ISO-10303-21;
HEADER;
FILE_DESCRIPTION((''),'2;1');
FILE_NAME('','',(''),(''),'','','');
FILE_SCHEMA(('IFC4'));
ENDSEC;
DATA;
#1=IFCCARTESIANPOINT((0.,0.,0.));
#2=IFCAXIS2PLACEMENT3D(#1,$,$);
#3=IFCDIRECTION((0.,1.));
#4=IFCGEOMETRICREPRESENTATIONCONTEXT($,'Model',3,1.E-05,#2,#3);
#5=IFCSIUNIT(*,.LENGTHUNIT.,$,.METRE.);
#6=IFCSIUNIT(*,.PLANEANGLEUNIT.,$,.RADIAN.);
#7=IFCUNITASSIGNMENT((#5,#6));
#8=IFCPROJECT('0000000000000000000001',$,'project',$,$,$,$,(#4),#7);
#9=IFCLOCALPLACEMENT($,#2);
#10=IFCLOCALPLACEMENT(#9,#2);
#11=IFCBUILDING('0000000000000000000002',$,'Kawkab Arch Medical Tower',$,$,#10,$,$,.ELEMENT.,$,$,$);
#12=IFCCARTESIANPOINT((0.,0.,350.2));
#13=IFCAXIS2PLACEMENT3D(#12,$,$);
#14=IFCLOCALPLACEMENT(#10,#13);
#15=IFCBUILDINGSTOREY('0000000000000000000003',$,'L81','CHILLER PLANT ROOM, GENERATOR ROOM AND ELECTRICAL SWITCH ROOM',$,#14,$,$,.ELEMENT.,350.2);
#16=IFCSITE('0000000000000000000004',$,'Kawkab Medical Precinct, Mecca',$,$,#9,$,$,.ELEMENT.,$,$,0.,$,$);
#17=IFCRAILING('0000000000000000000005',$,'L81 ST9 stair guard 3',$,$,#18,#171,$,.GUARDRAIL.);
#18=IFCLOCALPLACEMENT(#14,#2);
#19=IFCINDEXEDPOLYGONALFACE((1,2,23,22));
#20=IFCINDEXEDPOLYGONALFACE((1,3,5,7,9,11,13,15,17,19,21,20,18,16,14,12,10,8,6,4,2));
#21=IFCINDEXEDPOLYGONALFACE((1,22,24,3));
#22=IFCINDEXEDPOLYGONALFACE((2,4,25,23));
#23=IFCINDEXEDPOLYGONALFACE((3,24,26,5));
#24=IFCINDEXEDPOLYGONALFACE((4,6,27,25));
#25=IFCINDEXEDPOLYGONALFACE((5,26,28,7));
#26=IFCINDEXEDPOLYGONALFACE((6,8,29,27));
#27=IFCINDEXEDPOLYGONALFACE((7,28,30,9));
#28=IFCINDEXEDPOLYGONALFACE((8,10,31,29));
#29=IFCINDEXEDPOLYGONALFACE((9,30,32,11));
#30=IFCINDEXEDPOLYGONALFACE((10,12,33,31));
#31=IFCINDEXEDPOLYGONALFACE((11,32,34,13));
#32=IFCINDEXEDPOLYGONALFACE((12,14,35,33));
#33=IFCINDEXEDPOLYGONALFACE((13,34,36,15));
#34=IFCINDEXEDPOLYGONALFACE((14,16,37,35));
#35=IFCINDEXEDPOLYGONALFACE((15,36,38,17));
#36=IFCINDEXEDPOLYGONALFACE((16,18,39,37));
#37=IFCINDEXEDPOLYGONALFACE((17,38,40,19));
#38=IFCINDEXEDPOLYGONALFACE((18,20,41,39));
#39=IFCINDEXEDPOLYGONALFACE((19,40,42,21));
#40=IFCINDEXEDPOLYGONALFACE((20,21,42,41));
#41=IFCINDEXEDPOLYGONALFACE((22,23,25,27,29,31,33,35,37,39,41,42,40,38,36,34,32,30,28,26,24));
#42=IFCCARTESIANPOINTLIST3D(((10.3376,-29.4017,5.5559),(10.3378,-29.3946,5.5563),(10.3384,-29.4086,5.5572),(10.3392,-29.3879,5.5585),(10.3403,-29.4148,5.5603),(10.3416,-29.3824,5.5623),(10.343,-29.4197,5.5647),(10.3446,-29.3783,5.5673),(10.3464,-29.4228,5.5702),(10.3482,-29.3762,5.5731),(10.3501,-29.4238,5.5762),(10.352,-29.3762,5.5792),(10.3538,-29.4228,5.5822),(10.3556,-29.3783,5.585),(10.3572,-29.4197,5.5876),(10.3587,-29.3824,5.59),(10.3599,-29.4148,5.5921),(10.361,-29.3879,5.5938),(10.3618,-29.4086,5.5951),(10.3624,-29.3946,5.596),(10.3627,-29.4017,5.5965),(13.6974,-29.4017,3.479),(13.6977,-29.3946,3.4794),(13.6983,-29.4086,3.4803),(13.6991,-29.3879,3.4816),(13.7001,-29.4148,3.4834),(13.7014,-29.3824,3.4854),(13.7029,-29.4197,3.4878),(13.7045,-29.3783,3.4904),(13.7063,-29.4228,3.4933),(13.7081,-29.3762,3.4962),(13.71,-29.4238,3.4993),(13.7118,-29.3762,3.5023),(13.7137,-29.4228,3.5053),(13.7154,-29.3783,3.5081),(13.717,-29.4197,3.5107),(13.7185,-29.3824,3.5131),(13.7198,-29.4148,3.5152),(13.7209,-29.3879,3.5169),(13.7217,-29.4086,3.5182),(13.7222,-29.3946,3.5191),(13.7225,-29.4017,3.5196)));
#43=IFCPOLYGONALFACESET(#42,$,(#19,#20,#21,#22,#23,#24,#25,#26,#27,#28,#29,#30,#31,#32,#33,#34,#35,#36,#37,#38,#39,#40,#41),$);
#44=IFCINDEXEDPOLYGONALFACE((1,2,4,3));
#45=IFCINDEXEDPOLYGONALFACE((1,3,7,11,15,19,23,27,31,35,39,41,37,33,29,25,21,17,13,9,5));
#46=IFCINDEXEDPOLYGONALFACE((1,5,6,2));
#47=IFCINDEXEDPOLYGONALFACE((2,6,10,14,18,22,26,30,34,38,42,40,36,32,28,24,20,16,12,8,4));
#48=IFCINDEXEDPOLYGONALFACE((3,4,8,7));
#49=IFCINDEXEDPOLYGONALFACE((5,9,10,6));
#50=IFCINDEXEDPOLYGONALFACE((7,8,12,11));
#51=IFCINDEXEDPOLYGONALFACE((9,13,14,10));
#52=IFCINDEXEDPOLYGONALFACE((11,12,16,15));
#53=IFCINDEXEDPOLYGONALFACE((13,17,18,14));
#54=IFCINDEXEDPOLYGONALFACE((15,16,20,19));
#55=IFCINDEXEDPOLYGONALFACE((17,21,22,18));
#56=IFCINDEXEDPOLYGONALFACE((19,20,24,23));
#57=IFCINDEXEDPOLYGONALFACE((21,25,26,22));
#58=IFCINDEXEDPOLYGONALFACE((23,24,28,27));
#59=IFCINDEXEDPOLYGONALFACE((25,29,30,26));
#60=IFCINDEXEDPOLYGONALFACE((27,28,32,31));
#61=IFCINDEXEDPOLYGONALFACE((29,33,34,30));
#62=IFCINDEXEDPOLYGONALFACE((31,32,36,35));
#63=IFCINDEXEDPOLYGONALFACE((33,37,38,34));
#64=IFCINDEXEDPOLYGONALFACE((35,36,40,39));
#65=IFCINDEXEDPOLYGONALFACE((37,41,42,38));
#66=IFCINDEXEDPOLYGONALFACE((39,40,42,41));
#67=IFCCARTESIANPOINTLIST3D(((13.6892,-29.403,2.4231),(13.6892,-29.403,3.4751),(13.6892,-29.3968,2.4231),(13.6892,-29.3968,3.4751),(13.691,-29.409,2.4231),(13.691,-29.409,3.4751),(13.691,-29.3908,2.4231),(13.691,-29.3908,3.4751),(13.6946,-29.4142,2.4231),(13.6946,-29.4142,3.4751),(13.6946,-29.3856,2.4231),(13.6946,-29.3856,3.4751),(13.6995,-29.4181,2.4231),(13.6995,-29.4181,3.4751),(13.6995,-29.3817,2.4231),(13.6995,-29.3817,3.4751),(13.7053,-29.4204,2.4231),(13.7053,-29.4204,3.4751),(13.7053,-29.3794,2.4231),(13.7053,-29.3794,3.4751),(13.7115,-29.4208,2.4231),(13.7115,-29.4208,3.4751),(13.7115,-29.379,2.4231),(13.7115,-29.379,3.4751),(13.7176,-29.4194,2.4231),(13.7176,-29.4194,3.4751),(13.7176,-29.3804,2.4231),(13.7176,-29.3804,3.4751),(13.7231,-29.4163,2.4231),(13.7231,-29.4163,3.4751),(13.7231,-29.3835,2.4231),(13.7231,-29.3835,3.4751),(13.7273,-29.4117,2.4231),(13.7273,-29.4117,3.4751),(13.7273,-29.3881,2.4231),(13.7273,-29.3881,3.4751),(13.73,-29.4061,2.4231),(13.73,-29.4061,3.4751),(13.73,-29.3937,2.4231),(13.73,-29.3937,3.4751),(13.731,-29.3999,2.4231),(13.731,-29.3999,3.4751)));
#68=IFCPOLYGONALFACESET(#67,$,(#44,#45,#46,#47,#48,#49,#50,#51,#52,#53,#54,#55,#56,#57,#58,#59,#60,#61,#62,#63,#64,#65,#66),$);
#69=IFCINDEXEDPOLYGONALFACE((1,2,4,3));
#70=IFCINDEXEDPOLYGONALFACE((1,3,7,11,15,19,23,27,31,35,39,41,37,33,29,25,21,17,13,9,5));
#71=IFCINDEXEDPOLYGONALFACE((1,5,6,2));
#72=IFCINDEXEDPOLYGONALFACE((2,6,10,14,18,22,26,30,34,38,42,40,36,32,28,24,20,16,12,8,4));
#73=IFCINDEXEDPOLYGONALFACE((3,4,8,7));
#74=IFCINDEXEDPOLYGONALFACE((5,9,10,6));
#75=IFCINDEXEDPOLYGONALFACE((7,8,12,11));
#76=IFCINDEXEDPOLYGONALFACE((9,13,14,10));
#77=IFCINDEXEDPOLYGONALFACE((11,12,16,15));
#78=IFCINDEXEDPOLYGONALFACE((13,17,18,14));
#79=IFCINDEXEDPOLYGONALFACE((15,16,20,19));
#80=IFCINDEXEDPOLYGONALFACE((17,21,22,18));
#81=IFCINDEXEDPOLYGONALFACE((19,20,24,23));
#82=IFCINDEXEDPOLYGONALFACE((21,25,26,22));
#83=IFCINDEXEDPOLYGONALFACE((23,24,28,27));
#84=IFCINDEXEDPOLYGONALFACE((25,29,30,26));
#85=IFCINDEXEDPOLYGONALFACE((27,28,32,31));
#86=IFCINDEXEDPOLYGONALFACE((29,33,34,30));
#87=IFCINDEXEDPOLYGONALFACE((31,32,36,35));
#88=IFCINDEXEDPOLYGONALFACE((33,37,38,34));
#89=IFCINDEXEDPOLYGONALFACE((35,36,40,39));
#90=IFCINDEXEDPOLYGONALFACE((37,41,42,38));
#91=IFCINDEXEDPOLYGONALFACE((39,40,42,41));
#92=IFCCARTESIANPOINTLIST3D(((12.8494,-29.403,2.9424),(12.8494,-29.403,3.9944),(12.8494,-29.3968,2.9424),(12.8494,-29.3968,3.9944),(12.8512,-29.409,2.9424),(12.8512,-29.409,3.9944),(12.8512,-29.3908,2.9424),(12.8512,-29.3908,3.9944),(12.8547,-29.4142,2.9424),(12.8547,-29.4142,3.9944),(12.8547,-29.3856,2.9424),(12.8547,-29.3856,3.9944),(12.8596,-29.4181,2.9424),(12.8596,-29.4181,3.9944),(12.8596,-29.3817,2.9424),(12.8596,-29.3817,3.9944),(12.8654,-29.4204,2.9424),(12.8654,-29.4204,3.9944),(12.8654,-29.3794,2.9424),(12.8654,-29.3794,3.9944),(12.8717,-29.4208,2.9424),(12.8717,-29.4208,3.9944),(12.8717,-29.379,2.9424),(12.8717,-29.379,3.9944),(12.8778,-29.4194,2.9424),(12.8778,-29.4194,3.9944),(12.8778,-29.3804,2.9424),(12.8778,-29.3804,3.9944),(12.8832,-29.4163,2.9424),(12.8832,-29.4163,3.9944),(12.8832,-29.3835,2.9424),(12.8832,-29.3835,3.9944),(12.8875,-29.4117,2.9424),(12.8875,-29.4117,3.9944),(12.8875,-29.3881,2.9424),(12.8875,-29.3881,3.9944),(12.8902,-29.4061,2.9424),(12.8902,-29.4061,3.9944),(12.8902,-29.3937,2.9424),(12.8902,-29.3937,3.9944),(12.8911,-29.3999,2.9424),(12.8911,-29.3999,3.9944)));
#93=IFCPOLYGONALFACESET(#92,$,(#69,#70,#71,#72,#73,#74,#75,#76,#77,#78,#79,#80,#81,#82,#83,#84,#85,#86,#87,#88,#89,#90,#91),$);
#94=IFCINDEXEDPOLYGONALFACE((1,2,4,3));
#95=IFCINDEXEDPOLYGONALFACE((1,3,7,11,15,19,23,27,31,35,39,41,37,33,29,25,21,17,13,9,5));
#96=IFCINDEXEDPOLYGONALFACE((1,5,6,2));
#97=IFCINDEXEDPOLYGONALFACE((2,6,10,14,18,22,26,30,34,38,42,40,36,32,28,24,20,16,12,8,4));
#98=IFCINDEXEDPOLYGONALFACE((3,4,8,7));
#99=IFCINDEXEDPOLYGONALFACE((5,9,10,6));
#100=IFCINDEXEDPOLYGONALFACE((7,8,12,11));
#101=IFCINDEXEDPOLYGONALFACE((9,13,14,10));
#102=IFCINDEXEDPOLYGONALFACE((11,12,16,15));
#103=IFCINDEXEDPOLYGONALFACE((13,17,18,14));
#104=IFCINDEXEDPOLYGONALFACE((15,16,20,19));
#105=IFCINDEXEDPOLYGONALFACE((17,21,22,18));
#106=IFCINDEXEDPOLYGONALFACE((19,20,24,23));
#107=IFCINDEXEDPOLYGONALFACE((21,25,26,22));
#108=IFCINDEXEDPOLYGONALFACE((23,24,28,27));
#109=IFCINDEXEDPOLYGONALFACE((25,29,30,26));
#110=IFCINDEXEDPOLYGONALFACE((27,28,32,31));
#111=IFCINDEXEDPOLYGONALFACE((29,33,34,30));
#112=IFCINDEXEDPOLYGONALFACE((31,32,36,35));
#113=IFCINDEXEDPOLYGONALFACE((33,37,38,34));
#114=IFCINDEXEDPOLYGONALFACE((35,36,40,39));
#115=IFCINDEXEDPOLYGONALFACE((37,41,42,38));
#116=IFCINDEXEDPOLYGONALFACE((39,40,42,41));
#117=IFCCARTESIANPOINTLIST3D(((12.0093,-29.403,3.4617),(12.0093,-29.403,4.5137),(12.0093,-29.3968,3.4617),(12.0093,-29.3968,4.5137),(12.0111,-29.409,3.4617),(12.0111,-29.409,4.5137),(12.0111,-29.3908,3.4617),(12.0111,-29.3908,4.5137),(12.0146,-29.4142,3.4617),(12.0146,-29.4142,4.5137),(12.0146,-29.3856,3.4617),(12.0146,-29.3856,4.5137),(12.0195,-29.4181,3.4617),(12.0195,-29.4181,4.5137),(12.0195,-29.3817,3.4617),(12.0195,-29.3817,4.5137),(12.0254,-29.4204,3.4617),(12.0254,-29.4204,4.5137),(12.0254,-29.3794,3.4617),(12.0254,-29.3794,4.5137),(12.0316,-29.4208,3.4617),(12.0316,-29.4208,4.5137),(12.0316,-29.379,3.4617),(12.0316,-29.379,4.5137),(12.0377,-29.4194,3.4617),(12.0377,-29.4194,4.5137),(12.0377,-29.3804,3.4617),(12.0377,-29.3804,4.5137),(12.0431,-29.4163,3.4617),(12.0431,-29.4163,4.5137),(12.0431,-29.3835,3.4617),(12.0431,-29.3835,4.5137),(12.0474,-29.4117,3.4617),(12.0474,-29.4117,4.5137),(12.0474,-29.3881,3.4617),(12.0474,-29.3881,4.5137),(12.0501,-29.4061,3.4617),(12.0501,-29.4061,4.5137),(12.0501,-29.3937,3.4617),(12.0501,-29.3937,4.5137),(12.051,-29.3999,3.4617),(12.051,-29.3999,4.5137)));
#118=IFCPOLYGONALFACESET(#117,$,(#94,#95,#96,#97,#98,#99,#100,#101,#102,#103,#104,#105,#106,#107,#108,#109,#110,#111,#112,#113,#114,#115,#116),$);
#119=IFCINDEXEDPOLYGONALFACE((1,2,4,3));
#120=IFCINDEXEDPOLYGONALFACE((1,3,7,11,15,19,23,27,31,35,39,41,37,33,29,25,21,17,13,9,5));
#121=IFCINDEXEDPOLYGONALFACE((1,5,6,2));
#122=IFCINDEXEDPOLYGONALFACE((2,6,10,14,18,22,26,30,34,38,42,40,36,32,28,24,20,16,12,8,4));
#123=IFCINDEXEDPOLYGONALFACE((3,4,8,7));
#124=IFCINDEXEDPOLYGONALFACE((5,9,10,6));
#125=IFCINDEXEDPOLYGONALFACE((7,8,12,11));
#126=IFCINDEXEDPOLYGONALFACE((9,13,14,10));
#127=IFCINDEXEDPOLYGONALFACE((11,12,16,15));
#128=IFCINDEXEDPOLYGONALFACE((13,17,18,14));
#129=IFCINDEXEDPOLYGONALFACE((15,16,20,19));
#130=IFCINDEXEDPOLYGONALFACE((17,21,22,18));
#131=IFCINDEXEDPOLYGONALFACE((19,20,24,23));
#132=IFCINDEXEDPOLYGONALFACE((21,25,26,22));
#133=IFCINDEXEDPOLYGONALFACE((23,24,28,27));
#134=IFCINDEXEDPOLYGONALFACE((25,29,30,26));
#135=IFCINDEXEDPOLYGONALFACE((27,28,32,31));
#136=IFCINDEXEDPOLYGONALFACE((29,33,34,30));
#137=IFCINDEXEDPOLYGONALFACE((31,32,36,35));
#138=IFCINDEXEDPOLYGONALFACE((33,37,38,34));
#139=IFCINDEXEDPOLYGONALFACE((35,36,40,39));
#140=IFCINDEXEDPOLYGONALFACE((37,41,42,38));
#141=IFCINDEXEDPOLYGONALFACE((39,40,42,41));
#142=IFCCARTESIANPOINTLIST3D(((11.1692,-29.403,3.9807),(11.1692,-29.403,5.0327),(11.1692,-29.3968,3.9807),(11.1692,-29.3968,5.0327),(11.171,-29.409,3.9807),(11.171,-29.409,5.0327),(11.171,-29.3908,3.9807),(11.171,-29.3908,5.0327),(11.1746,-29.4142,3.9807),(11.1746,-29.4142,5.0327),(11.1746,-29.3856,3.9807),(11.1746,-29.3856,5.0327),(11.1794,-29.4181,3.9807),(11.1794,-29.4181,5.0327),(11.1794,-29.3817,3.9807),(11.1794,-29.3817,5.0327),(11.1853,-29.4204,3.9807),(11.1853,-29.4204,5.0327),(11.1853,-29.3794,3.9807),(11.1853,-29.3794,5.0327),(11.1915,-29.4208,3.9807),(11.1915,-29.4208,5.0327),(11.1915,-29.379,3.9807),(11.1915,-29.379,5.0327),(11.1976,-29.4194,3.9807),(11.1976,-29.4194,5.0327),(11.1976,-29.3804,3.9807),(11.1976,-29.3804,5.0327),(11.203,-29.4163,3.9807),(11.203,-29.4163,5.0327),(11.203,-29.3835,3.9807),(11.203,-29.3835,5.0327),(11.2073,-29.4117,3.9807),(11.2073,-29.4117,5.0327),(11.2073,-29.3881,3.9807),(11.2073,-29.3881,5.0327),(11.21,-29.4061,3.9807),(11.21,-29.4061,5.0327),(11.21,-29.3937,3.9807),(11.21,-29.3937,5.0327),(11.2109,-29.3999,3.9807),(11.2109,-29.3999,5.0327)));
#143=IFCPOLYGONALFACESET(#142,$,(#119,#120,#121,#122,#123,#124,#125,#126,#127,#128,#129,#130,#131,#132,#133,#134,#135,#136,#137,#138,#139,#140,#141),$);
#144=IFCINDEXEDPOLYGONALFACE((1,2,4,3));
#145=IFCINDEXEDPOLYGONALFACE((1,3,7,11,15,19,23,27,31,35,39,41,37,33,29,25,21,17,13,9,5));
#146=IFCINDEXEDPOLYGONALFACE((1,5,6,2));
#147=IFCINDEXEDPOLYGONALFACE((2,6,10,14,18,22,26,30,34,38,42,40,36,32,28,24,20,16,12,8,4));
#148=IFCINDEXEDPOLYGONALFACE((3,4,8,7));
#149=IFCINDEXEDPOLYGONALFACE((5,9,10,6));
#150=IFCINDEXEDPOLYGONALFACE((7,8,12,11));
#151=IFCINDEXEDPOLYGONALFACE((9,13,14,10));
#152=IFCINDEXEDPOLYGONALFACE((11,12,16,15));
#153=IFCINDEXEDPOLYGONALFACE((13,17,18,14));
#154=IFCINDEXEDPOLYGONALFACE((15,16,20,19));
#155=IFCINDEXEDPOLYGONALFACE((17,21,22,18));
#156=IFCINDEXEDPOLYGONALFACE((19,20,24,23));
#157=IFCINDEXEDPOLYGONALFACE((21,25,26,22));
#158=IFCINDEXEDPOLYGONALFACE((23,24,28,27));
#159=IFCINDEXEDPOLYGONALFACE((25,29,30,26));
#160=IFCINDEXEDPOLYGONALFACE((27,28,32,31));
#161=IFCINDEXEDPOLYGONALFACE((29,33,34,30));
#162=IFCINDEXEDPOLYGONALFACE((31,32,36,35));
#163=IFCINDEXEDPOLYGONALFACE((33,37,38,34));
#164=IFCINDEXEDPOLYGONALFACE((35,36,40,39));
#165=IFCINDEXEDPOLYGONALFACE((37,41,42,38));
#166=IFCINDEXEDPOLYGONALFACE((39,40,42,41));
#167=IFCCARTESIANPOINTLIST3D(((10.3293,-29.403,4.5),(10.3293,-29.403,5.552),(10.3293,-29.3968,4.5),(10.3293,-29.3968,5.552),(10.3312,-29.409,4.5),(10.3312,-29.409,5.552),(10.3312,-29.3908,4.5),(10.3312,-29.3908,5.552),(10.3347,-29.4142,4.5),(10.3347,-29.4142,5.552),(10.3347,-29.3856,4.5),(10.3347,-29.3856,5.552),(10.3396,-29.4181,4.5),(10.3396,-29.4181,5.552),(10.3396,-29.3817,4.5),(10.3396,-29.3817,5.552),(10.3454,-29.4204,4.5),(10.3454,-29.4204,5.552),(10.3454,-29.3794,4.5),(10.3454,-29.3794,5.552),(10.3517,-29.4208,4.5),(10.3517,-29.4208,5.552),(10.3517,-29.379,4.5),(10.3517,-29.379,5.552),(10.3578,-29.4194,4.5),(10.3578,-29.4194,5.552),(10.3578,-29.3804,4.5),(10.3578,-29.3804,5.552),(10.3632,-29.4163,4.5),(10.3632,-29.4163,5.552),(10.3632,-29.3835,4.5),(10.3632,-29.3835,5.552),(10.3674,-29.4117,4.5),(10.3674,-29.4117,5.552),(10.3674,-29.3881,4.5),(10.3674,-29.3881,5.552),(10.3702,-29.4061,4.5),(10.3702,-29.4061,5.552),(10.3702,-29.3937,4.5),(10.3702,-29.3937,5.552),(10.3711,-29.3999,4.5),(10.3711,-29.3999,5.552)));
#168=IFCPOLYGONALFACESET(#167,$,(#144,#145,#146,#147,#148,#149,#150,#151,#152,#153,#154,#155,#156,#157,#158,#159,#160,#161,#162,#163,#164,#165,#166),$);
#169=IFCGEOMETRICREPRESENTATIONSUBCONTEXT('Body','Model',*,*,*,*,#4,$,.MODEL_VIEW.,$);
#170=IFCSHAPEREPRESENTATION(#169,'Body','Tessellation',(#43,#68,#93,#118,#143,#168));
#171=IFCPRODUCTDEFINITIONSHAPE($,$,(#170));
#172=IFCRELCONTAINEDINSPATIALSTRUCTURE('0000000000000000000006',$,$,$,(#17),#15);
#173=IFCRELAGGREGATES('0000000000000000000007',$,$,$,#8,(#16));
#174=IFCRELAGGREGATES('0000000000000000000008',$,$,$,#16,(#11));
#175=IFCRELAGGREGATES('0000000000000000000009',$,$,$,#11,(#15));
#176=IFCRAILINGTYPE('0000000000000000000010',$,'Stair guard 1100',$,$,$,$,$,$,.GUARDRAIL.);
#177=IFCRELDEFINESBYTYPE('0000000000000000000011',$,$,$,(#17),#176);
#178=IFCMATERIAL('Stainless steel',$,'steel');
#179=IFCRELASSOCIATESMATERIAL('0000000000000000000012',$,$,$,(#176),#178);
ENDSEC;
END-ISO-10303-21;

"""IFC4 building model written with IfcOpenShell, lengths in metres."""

from ifc_helpers import new_model, si_unit, direction, frame, origin, origin_2d, place, context, subcontext, project, spatial, circle, extrude, material, type_object, element, save


model = new_model("IFC4")

# Units and contexts
model_context = context("Model", 3, precision=1e-05, world=origin(), true_north=direction((0.0, 1.0)))
body_context = subcontext(model_context, "Body", "Model", "MODEL_VIEW")
ifc_project = project(units=[si_unit("LENGTHUNIT", "METRE"), si_unit("PLANEANGLEUNIT", "RADIAN")], contexts=[model_context])

# Site, building, storey
site_placement = place(None, origin())
site = spatial("IfcSite", under=ifc_project, at=site_placement, Name="Kawkab Medical Precinct, Mecca", CompositionType="ELEMENT", RefElevation=0.0)
building_placement = place(site_placement, origin())
building = spatial("IfcBuilding", under=site, at=building_placement, Name="Kawkab Arch Medical Tower", CompositionType="ELEMENT")
storey_placement = place(building_placement, frame((0.0, 0.0, 350.2)))
storey = spatial("IfcBuildingStorey", under=building, at=storey_placement, Name="L81", Description="CHILLER PLANT ROOM, GENERATOR ROOM AND ELECTRICAL SWITCH ROOM", CompositionType="ELEMENT", Elevation=350.2)

# Railing
ifc_material_1 = material(Name="Stainless steel", Category="steel")
railing_type = type_object("IfcRailingType", Name="Stair guard 1100", PredefinedType="GUARDRAIL", material=ifc_material_1)
railing_1_placement = place(storey_placement, frame((13.71, -29.3999, 2.4231)))
element("IfcRailing", 1, at=railing_1_placement, inside=storey, type_object=railing_type, Name="L81 ST9 stair guard 3", PredefinedType="GUARDRAIL", context=body_context, shape_type="SweptSolid", body=[
    extrude(circle(Radius=0.0239, at=origin_2d()), frame((0.0, 0.0, 1.0762), z_axis=(-0.850606, 0.0, 0.525803), x_axis=(0.0, -1.0, 0.0)), (0.0, 0.0, 1.0), 3.95),
    extrude(circle(Radius=0.021, at=origin_2d()), origin(), (0.0, 0.0, 1.0), 1.052),
    extrude(circle(Radius=0.021, at=origin_2d()), frame((-0.8398, 0.0, 0.5193)), (0.0, 0.0, 1.0), 1.052),
    extrude(circle(Radius=0.021, at=origin_2d()), frame((-1.6799, 0.0, 1.0386)), (0.0, 0.0, 1.0), 1.052),
    extrude(circle(Radius=0.021, at=origin_2d()), frame((-2.52, 0.0, 1.5576)), (0.0, 0.0, 1.0), 1.052),
    extrude(circle(Radius=0.021, at=origin_2d()), frame((-3.3599, 0.0, 2.0769)), (0.0, 0.0, 1.0), 1.052),
])

save(model, "model.ifc")
